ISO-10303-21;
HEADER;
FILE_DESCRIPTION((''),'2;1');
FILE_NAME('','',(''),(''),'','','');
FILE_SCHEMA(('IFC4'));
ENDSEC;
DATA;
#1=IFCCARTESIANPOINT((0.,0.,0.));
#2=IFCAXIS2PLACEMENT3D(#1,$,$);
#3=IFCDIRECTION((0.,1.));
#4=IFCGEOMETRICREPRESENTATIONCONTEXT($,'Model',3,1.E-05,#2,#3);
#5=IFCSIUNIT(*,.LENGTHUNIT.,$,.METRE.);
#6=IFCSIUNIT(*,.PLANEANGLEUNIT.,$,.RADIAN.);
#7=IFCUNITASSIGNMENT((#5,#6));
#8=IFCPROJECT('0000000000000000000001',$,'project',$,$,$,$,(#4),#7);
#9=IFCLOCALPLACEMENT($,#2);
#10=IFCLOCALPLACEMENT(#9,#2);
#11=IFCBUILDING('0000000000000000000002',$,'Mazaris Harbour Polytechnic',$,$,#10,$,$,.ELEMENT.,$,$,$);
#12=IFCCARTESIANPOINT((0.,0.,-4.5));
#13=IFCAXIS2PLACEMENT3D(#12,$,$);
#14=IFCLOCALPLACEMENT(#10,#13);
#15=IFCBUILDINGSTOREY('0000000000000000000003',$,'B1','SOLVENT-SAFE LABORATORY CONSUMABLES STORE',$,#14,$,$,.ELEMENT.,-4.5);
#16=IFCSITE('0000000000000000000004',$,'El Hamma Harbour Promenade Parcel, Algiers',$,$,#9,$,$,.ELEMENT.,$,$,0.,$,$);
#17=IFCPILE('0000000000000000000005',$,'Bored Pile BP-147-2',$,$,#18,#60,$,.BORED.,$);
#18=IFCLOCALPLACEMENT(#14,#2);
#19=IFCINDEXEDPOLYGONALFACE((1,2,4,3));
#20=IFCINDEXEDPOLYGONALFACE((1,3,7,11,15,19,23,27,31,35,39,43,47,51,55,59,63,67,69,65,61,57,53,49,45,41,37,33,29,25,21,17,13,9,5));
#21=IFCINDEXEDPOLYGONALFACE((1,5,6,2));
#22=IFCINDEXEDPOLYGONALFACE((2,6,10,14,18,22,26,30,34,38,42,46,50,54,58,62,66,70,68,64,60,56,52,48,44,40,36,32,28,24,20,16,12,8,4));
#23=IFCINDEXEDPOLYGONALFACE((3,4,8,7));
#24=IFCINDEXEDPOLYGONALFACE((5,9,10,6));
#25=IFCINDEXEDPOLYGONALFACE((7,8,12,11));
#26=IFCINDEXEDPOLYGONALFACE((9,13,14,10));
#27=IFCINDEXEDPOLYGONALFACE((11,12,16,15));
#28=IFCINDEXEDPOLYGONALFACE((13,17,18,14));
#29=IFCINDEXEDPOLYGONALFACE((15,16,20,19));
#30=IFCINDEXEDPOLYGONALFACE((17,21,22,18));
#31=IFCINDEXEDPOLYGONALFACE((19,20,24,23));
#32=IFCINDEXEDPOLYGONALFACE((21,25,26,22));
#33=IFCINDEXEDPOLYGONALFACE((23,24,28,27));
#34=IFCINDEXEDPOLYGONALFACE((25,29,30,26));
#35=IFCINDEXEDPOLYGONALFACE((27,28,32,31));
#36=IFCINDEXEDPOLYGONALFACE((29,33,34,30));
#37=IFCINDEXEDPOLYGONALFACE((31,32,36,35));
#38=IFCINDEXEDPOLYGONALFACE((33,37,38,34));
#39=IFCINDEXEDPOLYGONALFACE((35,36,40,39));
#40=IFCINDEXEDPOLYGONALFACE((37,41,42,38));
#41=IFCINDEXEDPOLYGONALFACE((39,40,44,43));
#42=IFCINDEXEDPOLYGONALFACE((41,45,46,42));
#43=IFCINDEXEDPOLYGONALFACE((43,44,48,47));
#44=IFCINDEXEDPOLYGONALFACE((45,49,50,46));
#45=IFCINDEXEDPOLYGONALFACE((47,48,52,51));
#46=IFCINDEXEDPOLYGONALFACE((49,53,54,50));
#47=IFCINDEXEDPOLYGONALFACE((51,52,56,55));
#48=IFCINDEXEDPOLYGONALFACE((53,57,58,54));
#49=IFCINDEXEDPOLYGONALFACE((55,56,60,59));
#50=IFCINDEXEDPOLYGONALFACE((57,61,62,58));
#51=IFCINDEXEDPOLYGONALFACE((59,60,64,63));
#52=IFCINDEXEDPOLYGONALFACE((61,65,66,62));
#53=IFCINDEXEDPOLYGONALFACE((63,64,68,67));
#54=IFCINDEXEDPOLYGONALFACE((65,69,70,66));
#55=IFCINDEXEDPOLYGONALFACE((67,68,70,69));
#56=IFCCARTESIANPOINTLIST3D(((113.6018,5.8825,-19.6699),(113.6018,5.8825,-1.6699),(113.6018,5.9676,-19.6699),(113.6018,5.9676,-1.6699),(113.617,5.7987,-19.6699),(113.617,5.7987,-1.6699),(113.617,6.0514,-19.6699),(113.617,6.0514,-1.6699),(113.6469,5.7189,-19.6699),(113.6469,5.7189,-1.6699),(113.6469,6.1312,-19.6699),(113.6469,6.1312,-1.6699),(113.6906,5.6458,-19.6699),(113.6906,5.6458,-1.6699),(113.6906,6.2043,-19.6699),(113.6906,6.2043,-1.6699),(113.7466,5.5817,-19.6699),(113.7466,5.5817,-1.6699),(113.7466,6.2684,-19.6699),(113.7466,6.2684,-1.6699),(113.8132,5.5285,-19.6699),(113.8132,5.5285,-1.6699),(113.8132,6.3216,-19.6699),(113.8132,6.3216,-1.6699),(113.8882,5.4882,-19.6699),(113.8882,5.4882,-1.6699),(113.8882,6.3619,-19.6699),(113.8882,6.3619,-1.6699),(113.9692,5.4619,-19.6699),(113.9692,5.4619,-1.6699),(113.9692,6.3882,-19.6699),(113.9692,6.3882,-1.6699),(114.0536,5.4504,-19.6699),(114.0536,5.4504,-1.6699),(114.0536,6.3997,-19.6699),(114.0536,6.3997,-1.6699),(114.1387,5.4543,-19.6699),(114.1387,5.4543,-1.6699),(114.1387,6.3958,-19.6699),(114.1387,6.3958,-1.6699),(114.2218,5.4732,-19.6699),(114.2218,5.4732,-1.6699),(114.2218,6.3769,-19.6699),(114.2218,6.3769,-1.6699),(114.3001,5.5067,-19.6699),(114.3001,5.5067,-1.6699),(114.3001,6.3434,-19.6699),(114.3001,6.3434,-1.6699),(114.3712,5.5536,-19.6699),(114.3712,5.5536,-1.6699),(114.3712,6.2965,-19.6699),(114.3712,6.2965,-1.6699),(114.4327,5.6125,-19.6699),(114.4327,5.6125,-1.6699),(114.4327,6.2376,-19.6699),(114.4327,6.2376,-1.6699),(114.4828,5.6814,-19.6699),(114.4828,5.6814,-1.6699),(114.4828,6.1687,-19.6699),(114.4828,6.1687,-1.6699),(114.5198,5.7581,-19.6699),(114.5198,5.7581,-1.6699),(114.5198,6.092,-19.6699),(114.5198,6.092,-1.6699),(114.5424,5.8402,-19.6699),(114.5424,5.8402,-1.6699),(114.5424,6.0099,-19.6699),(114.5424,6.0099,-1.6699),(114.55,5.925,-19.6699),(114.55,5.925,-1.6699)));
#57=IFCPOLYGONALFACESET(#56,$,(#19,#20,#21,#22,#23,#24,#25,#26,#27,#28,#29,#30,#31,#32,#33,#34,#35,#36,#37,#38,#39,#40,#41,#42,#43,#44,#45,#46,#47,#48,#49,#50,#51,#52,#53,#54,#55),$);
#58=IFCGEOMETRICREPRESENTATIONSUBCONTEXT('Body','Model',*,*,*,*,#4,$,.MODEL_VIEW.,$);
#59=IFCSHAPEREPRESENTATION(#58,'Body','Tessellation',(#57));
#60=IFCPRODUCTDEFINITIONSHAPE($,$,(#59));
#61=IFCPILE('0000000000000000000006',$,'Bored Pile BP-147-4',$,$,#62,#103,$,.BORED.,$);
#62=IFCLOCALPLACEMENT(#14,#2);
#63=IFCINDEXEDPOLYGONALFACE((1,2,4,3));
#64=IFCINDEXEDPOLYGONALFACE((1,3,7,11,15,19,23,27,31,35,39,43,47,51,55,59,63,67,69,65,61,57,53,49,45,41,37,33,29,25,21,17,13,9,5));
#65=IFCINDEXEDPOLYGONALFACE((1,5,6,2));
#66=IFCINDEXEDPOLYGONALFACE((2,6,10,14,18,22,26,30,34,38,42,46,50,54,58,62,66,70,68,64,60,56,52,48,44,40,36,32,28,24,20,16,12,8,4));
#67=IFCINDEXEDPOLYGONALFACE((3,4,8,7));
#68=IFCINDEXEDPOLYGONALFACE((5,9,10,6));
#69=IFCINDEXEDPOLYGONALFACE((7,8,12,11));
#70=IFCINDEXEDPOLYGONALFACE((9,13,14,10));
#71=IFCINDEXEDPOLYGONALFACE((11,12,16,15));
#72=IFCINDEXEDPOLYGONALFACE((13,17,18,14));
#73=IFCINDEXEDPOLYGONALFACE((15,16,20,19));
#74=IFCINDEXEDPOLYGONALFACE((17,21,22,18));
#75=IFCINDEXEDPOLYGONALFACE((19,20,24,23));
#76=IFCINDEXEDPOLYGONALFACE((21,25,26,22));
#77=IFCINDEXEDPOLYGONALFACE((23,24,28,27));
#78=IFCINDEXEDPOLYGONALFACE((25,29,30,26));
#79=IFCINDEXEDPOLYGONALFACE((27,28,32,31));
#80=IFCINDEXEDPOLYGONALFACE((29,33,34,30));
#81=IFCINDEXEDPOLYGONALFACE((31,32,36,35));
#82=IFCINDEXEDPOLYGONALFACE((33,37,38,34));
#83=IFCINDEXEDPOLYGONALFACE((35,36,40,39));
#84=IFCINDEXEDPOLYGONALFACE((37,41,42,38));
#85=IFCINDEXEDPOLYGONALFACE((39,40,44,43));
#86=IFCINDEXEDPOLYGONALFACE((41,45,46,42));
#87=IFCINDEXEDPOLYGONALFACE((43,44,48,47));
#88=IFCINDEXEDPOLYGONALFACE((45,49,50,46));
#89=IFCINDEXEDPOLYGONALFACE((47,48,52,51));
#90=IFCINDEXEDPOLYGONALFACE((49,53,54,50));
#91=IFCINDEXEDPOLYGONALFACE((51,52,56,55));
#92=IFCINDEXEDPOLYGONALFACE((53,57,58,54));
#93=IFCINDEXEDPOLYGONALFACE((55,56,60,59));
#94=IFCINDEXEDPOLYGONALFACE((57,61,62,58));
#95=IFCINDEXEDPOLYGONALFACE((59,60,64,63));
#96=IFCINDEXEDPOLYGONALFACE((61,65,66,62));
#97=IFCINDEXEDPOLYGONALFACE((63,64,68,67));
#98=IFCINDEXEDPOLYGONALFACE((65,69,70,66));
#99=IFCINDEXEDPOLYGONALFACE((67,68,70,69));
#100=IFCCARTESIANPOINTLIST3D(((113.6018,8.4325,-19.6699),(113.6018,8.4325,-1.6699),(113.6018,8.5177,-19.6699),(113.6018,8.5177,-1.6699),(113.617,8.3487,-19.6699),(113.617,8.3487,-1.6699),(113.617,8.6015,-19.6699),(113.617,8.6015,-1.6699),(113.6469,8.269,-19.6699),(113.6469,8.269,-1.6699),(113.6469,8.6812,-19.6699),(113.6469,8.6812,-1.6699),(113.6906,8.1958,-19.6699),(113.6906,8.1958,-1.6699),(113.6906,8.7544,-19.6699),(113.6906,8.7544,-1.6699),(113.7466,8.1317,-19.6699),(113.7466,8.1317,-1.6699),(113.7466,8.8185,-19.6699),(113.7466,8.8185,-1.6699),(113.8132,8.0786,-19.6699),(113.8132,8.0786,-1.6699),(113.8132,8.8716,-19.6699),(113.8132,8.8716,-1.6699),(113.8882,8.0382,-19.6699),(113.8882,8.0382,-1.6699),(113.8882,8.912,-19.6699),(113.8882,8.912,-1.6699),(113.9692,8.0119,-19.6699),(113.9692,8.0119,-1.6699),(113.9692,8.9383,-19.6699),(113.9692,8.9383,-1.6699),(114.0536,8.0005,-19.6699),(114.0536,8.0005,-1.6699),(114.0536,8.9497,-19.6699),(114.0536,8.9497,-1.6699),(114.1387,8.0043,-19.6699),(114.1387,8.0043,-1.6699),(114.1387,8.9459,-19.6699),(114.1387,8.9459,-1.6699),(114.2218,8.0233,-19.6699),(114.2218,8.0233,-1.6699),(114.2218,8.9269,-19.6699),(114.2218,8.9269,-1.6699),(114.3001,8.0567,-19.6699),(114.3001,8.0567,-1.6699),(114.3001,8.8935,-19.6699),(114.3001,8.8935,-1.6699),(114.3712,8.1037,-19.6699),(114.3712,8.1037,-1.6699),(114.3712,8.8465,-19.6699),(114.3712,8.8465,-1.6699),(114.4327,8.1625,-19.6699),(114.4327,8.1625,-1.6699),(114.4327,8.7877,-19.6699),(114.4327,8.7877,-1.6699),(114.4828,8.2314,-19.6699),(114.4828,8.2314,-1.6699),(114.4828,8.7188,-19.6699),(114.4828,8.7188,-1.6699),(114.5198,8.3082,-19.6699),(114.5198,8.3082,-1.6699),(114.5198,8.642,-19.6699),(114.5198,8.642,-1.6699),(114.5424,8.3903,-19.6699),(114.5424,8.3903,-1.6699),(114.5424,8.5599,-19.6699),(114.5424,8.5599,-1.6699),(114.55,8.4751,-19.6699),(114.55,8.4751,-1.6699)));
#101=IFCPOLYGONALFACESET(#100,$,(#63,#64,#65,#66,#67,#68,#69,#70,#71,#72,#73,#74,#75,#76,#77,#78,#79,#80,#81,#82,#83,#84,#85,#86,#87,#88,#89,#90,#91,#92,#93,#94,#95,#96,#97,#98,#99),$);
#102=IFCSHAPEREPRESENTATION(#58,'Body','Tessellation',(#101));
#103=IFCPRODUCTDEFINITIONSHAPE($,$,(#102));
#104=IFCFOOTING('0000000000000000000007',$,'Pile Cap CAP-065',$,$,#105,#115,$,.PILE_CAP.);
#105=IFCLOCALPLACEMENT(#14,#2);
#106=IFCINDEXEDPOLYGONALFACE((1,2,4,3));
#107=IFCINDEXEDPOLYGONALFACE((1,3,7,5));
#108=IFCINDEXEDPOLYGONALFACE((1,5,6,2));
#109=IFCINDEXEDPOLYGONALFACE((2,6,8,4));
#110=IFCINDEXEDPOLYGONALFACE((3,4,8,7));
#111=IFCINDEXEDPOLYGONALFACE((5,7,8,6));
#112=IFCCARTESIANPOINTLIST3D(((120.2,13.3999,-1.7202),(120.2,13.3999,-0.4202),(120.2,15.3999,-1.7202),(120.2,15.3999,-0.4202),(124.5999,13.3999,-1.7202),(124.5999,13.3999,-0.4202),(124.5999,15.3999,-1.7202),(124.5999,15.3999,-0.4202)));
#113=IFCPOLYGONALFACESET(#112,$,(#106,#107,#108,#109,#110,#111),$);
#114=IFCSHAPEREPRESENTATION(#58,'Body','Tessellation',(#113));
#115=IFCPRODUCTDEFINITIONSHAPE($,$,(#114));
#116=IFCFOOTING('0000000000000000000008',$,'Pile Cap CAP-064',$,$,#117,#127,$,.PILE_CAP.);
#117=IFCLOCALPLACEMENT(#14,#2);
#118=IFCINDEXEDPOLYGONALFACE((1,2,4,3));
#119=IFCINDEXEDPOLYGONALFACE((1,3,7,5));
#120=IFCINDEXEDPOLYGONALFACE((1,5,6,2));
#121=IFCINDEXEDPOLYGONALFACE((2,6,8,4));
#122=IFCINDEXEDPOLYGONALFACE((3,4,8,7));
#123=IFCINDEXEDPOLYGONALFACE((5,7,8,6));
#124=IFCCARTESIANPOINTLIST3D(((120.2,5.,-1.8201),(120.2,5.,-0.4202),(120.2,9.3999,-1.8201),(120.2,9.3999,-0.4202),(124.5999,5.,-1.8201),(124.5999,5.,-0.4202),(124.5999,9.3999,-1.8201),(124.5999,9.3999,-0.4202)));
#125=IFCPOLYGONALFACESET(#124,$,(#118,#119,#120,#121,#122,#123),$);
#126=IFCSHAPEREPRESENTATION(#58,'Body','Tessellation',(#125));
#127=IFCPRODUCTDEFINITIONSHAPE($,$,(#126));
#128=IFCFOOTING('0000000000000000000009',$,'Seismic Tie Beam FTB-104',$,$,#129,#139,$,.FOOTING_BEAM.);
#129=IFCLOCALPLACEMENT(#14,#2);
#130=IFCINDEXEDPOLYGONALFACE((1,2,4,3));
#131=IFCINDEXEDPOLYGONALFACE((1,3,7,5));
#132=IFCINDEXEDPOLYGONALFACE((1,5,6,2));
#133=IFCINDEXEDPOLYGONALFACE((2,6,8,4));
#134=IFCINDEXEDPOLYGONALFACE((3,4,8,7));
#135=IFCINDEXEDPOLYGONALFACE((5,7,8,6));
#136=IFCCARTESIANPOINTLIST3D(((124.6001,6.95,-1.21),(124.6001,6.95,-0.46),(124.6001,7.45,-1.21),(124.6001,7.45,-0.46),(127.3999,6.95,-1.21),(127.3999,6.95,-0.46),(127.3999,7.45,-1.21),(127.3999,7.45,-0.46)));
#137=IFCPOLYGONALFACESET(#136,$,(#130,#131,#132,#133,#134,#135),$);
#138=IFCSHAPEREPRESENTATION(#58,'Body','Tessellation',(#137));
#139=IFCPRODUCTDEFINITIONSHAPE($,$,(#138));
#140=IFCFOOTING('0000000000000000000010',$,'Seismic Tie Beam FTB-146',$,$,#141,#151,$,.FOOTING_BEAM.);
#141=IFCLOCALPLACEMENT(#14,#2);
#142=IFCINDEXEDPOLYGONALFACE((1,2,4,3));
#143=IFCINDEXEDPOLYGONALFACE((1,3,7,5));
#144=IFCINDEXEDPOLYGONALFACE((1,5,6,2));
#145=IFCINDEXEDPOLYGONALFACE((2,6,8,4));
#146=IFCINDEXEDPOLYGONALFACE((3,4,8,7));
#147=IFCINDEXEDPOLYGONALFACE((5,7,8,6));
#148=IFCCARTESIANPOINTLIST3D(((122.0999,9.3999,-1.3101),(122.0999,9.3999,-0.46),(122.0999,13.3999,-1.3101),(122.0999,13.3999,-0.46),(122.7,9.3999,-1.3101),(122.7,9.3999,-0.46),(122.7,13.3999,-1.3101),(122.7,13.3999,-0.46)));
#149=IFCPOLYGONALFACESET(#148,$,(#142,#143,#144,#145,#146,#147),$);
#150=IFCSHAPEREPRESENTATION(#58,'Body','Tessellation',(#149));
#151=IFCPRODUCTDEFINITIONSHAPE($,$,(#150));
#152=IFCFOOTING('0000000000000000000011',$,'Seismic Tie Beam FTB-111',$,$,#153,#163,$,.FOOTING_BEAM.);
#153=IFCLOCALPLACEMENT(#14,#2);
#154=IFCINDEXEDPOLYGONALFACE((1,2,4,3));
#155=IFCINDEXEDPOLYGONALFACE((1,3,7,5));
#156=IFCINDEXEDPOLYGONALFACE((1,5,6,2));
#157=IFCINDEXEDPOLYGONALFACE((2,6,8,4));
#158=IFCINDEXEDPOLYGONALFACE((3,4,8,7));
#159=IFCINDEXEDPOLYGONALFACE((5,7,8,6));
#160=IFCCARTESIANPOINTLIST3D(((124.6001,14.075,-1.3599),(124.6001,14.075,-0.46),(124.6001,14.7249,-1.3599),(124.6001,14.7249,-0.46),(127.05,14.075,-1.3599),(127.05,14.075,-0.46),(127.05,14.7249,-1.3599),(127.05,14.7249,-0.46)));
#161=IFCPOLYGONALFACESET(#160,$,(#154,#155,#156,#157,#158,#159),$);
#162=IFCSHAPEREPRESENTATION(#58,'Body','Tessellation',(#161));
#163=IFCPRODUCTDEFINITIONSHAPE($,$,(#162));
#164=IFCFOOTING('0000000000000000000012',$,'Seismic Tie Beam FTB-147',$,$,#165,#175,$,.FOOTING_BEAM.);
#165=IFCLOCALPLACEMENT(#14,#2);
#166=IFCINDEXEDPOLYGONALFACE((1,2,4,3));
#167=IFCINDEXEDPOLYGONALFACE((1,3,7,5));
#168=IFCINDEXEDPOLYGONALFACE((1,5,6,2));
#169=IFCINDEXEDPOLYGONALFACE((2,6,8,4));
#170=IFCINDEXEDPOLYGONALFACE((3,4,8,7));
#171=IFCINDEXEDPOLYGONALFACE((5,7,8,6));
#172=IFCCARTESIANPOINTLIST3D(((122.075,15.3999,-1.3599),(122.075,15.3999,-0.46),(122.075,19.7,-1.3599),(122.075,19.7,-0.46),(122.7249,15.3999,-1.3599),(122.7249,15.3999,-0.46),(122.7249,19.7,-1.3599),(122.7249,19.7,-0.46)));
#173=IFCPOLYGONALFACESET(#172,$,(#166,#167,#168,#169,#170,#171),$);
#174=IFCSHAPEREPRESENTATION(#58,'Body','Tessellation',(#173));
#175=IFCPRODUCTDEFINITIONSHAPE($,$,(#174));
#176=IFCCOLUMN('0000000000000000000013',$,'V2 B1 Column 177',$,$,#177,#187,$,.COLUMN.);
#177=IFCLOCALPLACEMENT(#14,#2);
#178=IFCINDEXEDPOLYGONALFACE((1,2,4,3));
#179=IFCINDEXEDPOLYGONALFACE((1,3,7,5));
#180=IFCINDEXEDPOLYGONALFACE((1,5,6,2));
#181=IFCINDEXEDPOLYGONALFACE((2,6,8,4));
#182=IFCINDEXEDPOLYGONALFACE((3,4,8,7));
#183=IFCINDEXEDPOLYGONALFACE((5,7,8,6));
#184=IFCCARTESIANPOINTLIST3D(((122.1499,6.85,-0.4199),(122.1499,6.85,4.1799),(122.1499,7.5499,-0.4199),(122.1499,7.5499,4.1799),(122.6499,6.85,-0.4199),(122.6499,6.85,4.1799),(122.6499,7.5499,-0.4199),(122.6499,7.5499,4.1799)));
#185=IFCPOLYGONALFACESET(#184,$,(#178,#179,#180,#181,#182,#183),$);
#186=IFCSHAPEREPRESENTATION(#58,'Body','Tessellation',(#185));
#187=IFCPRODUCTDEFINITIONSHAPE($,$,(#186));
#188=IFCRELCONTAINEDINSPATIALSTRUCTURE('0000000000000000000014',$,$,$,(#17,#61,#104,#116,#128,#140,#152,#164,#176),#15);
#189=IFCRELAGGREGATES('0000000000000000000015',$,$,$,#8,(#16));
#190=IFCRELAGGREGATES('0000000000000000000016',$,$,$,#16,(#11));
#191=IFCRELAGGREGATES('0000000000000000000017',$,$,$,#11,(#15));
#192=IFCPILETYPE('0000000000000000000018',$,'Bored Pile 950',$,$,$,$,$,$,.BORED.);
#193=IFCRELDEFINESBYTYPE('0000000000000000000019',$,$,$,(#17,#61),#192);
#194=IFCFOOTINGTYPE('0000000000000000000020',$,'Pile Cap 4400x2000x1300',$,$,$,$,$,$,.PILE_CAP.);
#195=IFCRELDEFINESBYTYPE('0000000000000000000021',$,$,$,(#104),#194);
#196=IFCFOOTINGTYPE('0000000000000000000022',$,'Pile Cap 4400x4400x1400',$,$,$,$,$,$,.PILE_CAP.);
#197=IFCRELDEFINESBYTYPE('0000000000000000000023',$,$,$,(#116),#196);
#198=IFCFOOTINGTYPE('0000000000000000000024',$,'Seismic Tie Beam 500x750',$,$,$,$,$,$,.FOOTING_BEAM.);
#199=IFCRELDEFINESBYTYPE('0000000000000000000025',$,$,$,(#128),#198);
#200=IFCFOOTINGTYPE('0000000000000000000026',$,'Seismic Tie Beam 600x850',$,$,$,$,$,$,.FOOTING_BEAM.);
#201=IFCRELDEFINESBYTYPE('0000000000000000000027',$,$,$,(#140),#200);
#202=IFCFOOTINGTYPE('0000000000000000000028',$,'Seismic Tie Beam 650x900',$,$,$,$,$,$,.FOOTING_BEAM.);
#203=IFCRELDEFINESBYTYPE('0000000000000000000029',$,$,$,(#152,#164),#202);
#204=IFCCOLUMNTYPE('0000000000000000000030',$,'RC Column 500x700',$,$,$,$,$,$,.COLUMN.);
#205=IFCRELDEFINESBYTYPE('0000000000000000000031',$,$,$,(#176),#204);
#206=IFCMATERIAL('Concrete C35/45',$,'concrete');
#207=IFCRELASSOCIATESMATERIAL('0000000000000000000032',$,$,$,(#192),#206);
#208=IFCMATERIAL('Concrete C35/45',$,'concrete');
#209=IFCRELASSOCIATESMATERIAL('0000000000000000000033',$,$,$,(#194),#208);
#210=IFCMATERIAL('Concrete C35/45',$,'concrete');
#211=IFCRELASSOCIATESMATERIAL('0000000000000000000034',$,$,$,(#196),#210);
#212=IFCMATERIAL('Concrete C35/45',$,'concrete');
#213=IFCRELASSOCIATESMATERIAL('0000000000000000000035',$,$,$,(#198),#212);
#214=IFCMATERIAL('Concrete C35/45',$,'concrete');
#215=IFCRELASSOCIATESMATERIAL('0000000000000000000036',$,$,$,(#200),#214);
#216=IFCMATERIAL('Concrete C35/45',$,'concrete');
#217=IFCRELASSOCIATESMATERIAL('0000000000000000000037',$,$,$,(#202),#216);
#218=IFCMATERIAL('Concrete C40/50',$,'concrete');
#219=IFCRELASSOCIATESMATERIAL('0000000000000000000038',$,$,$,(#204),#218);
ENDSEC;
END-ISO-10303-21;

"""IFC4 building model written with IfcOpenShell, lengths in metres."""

from ifc_helpers import new_model, si_unit, direction, frame, origin, origin_2d, place, context, subcontext, project, spatial, rectangle, circle, extrude, material, material_profile, profile_set, type_object, element, save


model = new_model("IFC4")

# Units and contexts
model_context = context("Model", 3, precision=1e-05, world=origin(), true_north=direction((0.0, 1.0)))
body_context = subcontext(model_context, "Body", "Model", "MODEL_VIEW")
ifc_project = project(units=[si_unit("LENGTHUNIT", "METRE"), si_unit("PLANEANGLEUNIT", "RADIAN")], contexts=[model_context])

# Site, building, storey
site_placement = place(None, origin())
site = spatial("IfcSite", under=ifc_project, at=site_placement, Name="El Hamma Harbour Promenade Parcel, Algiers", CompositionType="ELEMENT", RefElevation=0.0)
building_placement = place(site_placement, origin())
building = spatial("IfcBuilding", under=site, at=building_placement, Name="Mazaris Harbour Polytechnic", CompositionType="ELEMENT")
storey_placement = place(building_placement, frame((0.0, 0.0, -4.5)))
storey = spatial("IfcBuildingStorey", under=building, at=storey_placement, Name="B1", Description="SOLVENT-SAFE LABORATORY CONSUMABLES STORE", CompositionType="ELEMENT", Elevation=-4.5)

# Piles
ifc_material_1 = material(Name="Concrete C35/45", Category="concrete")
ifc_material_profile_1 = material_profile(ifc_material_1, circle(Radius=0.4751, at=origin_2d()), Name="DIA950")
ifc_profile_set_1 = profile_set([ifc_material_profile_1], Name="Concrete C35/45")
pile_type_1 = type_object("IfcPileType", Name="Bored Pile 950", PredefinedType="BORED", material=ifc_profile_set_1)
for number, where, z_axis, x_axis, name in (
    (1, (114.075, 5.925, -1.6699), (0.0, 0.0, -1.0), (1.0, 0.0, 0.0), "Bored Pile BP-147-2"),
    (2, (114.075, 8.4751, -1.6699), (0.0, 0.0, -1.0), (1.0, 0.0, 0.0), "Bored Pile BP-147-4"),
):
    element("IfcPile", number, at=place(storey_placement, frame(where, z_axis=z_axis, x_axis=x_axis)), inside=storey, type_object=pile_type_1, Name=name, PredefinedType="BORED", context=body_context, shape_type="SweptSolid", body=[
        extrude(circle(Radius=0.4751, at=origin_2d()), origin(), (0.0, 0.0, 1.0), 18.0),
    ])

# Footings
ifc_material_2 = material(Name="Concrete C35/45", Category="concrete")
footing_type_1 = type_object("IfcFootingType", Name="Pile Cap 4400x2000x1300", PredefinedType="PILE_CAP", material=ifc_material_2)
footing_1_placement = place(storey_placement, frame((122.3999, 14.3999, -1.7202), z_axis=(0.0, 0.0, 1.0), x_axis=(1.0, 0.0, 0.0)))
element("IfcFooting", 3, at=footing_1_placement, inside=storey, type_object=footing_type_1, Name="Pile Cap CAP-065", PredefinedType="PILE_CAP", context=body_context, shape_type="SweptSolid", body=[
    extrude(rectangle(XDim=4.3999, YDim=2.0, at=origin_2d()), origin(), (0.0, 0.0, 1.0), 1.3),
])
ifc_material_3 = material(Name="Concrete C35/45", Category="concrete")
footing_type_2 = type_object("IfcFootingType", Name="Pile Cap 4400x4400x1400", PredefinedType="PILE_CAP", material=ifc_material_3)
footing_2_placement = place(storey_placement, frame((122.3999, 7.2, -1.8201), z_axis=(0.0, 0.0, 1.0), x_axis=(1.0, 0.0, 0.0)))
element("IfcFooting", 4, at=footing_2_placement, inside=storey, type_object=footing_type_2, Name="Pile Cap CAP-064", PredefinedType="PILE_CAP", context=body_context, shape_type="SweptSolid", body=[
    extrude(rectangle(XDim=4.3999, YDim=4.3999, at=origin_2d()), origin(), (0.0, 0.0, 1.0), 1.3999),
])
ifc_material_4 = material(Name="Concrete C35/45", Category="concrete")
ifc_material_profile_2 = material_profile(ifc_material_4, rectangle(XDim=0.5, YDim=0.75, at=origin_2d()), Name="RECT500x750")
ifc_profile_set_2 = profile_set([ifc_material_profile_2], Name="Concrete C35/45")
footing_type_3 = type_object("IfcFootingType", Name="Seismic Tie Beam 500x750", PredefinedType="FOOTING_BEAM", material=ifc_profile_set_2)
footing_3_placement = place(storey_placement, frame((124.6001, 7.2, -0.835), z_axis=(1.0, 0.0, 0.0), x_axis=(0.0, 1.0, 0.0)))
element("IfcFooting", 5, at=footing_3_placement, inside=storey, type_object=footing_type_3, Name="Seismic Tie Beam FTB-104", PredefinedType="FOOTING_BEAM", context=body_context, shape_type="SweptSolid", body=[
    extrude(rectangle(XDim=0.5, YDim=0.75, at=origin_2d()), origin(), (0.0, 0.0, 1.0), 2.7998),
])
ifc_material_5 = material(Name="Concrete C35/45", Category="concrete")
ifc_material_profile_3 = material_profile(ifc_material_5, rectangle(XDim=0.6001, YDim=0.8501, at=origin_2d()), Name="RECT600x850")
ifc_profile_set_3 = profile_set([ifc_material_profile_3], Name="Concrete C35/45")
footing_type_4 = type_object("IfcFootingType", Name="Seismic Tie Beam 600x850", PredefinedType="FOOTING_BEAM", material=ifc_profile_set_3)
footing_4_placement = place(storey_placement, frame((122.3999, 9.3999, -0.885), z_axis=(0.0, 1.0, 0.0), x_axis=(-1.0, 0.0, 0.0)))
element("IfcFooting", 6, at=footing_4_placement, inside=storey, type_object=footing_type_4, Name="Seismic Tie Beam FTB-146", PredefinedType="FOOTING_BEAM", context=body_context, shape_type="SweptSolid", body=[
    extrude(rectangle(XDim=0.6001, YDim=0.8501, at=origin_2d()), origin(), (0.0, 0.0, 1.0), 4.0),
])
ifc_material_6 = material(Name="Concrete C35/45", Category="concrete")
ifc_material_profile_4 = material_profile(ifc_material_6, rectangle(XDim=0.6499, YDim=0.8999, at=origin_2d()), Name="RECT650x900")
ifc_profile_set_4 = profile_set([ifc_material_profile_4], Name="Concrete C35/45")
footing_type_5 = type_object("IfcFootingType", Name="Seismic Tie Beam 650x900", PredefinedType="FOOTING_BEAM", material=ifc_profile_set_4)
footing_5_placement = place(storey_placement, frame((124.6001, 14.3999, -0.9099), z_axis=(1.0, 0.0, 0.0), x_axis=(0.0, 1.0, 0.0)))
element("IfcFooting", 7, at=footing_5_placement, inside=storey, type_object=footing_type_5, Name="Seismic Tie Beam FTB-111", PredefinedType="FOOTING_BEAM", context=body_context, shape_type="SweptSolid", body=[
    extrude(rectangle(XDim=0.6499, YDim=0.8999, at=origin_2d()), origin(), (0.0, 0.0, 1.0), 2.45),
])
footing_6_placement = place(storey_placement, frame((122.3999, 15.3999, -0.9099), z_axis=(0.0, 1.0, 0.0), x_axis=(-1.0, 0.0, 0.0)))
element("IfcFooting", 8, at=footing_6_placement, inside=storey, type_object=footing_type_5, Name="Seismic Tie Beam FTB-147", PredefinedType="FOOTING_BEAM", context=body_context, shape_type="SweptSolid", body=[
    extrude(rectangle(XDim=0.6499, YDim=0.8999, at=origin_2d()), origin(), (0.0, 0.0, 1.0), 4.3),
])

# Column
ifc_material_7 = material(Name="Concrete C40/50", Category="concrete")
ifc_material_profile_5 = material_profile(ifc_material_7, rectangle(XDim=0.5, YDim=0.7, at=origin_2d()), Name="RECT500x700")
ifc_profile_set_5 = profile_set([ifc_material_profile_5], Name="Concrete C40/50")
column_type_1 = type_object("IfcColumnType", Name="RC Column 500x700", PredefinedType="COLUMN", material=ifc_profile_set_5)
column_1_placement = place(storey_placement, frame((122.3999, 7.2, -0.4199), z_axis=(0.0, 0.0, 1.0), x_axis=(1.0, 0.0, 0.0)))
element("IfcColumn", 9, at=column_1_placement, inside=storey, type_object=column_type_1, Name="V2 B1 Column 177", PredefinedType="COLUMN", context=body_context, shape_type="SweptSolid", body=[
    extrude(rectangle(XDim=0.5, YDim=0.7, at=origin_2d()), origin(), (0.0, 0.0, 1.0), 4.5999),
])

save(model, "model.ifc")
